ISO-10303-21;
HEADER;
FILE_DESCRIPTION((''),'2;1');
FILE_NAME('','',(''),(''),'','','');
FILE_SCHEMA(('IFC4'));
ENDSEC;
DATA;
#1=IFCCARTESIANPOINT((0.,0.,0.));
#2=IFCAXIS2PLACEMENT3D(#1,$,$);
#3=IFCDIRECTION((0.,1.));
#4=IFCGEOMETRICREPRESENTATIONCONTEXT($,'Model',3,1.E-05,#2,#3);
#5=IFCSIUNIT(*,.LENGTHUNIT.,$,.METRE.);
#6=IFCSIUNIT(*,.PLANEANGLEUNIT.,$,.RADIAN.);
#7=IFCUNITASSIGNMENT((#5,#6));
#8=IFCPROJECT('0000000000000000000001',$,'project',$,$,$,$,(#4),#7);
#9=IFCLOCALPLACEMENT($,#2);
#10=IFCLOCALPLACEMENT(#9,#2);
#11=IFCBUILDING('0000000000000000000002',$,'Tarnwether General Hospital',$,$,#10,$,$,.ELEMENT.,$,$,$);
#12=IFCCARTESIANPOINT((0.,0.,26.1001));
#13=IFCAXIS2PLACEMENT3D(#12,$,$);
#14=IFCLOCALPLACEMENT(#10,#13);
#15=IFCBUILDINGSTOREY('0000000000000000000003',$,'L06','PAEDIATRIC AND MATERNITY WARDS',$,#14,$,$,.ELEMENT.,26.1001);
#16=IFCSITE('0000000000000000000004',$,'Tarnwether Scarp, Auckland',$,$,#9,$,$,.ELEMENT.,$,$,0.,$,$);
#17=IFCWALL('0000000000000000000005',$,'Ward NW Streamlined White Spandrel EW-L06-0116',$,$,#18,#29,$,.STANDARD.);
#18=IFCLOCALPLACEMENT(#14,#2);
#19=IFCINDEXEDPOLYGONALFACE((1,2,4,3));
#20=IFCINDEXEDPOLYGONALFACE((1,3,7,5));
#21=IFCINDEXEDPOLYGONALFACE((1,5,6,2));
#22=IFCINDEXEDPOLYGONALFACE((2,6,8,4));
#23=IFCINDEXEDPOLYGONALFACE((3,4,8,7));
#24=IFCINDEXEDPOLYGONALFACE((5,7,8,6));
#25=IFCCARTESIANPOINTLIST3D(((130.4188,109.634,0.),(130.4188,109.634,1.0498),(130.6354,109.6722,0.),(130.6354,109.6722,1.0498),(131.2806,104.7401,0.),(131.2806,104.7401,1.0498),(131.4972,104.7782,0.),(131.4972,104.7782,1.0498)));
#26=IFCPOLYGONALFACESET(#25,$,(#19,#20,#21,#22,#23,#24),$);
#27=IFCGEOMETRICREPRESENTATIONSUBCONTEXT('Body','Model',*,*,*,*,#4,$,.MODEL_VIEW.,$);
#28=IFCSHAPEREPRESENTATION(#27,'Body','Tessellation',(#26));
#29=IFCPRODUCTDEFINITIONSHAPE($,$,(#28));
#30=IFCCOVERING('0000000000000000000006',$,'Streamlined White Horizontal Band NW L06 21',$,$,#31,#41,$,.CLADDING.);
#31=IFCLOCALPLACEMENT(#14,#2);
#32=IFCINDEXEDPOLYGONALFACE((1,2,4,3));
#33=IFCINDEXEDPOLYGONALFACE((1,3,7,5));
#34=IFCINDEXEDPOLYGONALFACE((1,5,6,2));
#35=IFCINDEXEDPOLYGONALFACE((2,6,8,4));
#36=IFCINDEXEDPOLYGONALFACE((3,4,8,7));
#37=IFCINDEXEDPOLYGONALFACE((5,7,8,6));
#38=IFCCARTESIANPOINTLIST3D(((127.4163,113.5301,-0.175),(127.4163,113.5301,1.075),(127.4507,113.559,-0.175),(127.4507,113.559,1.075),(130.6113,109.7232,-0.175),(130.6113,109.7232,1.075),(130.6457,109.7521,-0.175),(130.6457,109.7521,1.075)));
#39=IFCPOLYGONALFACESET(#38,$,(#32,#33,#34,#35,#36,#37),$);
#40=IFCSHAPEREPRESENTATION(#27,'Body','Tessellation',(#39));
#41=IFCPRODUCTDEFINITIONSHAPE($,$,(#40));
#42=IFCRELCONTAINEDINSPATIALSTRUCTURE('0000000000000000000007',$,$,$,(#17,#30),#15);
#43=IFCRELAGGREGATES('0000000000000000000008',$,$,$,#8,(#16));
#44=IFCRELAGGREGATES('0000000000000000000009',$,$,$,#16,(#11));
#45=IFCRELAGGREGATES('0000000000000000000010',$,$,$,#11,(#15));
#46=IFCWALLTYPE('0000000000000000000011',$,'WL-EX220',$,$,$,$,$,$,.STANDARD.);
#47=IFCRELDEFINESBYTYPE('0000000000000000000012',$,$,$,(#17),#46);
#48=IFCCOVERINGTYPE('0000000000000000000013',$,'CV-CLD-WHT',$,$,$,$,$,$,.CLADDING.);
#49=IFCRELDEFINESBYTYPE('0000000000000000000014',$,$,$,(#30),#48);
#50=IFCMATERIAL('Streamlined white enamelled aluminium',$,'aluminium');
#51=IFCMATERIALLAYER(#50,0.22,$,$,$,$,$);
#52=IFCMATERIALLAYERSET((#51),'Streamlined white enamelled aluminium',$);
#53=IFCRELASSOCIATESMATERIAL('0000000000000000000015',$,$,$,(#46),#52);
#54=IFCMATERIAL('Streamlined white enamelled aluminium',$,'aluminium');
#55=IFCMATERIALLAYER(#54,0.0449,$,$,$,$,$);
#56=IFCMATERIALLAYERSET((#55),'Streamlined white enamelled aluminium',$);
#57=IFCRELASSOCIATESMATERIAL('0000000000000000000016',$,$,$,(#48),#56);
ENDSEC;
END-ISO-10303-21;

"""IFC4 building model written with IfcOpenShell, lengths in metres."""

from ifc_helpers import new_model, si_unit, direction, frame, frame_2d, origin, origin_2d, place, context, subcontext, project, spatial, rectangle, extrude, material, layer, layer_set, type_object, element, save


model = new_model("IFC4")

# Units and contexts
model_context = context("Model", 3, precision=1e-05, world=origin(), true_north=direction((0.0, 1.0)))
body_context = subcontext(model_context, "Body", "Model", "MODEL_VIEW")
ifc_project = project(units=[si_unit("LENGTHUNIT", "METRE"), si_unit("PLANEANGLEUNIT", "RADIAN")], contexts=[model_context])

# Site, building, storey
site_placement = place(None, origin())
site = spatial("IfcSite", under=ifc_project, at=site_placement, Name="Tarnwether Scarp, Auckland", CompositionType="ELEMENT", RefElevation=0.0)
building_placement = place(site_placement, origin())
building = spatial("IfcBuilding", under=site, at=building_placement, Name="Tarnwether General Hospital", CompositionType="ELEMENT")
storey_placement = place(building_placement, frame((0.0, 0.0, 26.1001)))
storey = spatial("IfcBuildingStorey", under=building, at=storey_placement, Name="L06", Description="PAEDIATRIC AND MATERNITY WARDS", CompositionType="ELEMENT", Elevation=26.1001)

# Wall
ifc_material_1 = material(Name="Streamlined white enamelled aluminium", Category="aluminium")
ifc_layer_1 = layer(ifc_material_1, 0.22)
ifc_layer_set_1 = layer_set([ifc_layer_1], Name="Streamlined white enamelled aluminium")
wall_type = type_object("IfcWallType", Name="WL-EX220", PredefinedType="STANDARD", material=ifc_layer_set_1)
wall_placement = place(storey_placement, frame((130.5271, 109.6531, 0.0), z_axis=(0.0, 0.0, 1.0), x_axis=(0.173427, -0.984847, 0.0)))
element("IfcWall", 1, at=wall_placement, inside=storey, type_object=wall_type, Name="Ward NW Streamlined White Spandrel EW-L06-0116", PredefinedType="STANDARD", context=body_context, shape_type="SweptSolid", body=[
    extrude(rectangle(XDim=4.9692, YDim=0.22, at=frame_2d((2.4846, 0.0))), origin(), (0.0, 0.0, 1.0), 1.0498),
])

# Covering
ifc_material_2 = material(Name="Streamlined white enamelled aluminium", Category="aluminium")
ifc_layer_2 = layer(ifc_material_2, 0.0449)
ifc_layer_set_2 = layer_set([ifc_layer_2], Name="Streamlined white enamelled aluminium")
covering_type = type_object("IfcCoveringType", Name="CV-CLD-WHT", PredefinedType="CLADDING", material=ifc_layer_set_2)
covering_placement = place(storey_placement, frame((129.031, 111.6411, -0.175), z_axis=(0.0, 0.0, 1.0), x_axis=(0.642854, -0.765988, 0.0)))
element("IfcCovering", 2, at=covering_placement, inside=storey, type_object=covering_type, Name="Streamlined White Horizontal Band NW L06 21", PredefinedType="CLADDING", context=body_context, shape_type="SweptSolid", body=[
    extrude(rectangle(XDim=4.97, YDim=0.0449, at=origin_2d()), origin(), (0.0, 0.0, 1.0), 1.25),
])

save(model, "model.ifc")
